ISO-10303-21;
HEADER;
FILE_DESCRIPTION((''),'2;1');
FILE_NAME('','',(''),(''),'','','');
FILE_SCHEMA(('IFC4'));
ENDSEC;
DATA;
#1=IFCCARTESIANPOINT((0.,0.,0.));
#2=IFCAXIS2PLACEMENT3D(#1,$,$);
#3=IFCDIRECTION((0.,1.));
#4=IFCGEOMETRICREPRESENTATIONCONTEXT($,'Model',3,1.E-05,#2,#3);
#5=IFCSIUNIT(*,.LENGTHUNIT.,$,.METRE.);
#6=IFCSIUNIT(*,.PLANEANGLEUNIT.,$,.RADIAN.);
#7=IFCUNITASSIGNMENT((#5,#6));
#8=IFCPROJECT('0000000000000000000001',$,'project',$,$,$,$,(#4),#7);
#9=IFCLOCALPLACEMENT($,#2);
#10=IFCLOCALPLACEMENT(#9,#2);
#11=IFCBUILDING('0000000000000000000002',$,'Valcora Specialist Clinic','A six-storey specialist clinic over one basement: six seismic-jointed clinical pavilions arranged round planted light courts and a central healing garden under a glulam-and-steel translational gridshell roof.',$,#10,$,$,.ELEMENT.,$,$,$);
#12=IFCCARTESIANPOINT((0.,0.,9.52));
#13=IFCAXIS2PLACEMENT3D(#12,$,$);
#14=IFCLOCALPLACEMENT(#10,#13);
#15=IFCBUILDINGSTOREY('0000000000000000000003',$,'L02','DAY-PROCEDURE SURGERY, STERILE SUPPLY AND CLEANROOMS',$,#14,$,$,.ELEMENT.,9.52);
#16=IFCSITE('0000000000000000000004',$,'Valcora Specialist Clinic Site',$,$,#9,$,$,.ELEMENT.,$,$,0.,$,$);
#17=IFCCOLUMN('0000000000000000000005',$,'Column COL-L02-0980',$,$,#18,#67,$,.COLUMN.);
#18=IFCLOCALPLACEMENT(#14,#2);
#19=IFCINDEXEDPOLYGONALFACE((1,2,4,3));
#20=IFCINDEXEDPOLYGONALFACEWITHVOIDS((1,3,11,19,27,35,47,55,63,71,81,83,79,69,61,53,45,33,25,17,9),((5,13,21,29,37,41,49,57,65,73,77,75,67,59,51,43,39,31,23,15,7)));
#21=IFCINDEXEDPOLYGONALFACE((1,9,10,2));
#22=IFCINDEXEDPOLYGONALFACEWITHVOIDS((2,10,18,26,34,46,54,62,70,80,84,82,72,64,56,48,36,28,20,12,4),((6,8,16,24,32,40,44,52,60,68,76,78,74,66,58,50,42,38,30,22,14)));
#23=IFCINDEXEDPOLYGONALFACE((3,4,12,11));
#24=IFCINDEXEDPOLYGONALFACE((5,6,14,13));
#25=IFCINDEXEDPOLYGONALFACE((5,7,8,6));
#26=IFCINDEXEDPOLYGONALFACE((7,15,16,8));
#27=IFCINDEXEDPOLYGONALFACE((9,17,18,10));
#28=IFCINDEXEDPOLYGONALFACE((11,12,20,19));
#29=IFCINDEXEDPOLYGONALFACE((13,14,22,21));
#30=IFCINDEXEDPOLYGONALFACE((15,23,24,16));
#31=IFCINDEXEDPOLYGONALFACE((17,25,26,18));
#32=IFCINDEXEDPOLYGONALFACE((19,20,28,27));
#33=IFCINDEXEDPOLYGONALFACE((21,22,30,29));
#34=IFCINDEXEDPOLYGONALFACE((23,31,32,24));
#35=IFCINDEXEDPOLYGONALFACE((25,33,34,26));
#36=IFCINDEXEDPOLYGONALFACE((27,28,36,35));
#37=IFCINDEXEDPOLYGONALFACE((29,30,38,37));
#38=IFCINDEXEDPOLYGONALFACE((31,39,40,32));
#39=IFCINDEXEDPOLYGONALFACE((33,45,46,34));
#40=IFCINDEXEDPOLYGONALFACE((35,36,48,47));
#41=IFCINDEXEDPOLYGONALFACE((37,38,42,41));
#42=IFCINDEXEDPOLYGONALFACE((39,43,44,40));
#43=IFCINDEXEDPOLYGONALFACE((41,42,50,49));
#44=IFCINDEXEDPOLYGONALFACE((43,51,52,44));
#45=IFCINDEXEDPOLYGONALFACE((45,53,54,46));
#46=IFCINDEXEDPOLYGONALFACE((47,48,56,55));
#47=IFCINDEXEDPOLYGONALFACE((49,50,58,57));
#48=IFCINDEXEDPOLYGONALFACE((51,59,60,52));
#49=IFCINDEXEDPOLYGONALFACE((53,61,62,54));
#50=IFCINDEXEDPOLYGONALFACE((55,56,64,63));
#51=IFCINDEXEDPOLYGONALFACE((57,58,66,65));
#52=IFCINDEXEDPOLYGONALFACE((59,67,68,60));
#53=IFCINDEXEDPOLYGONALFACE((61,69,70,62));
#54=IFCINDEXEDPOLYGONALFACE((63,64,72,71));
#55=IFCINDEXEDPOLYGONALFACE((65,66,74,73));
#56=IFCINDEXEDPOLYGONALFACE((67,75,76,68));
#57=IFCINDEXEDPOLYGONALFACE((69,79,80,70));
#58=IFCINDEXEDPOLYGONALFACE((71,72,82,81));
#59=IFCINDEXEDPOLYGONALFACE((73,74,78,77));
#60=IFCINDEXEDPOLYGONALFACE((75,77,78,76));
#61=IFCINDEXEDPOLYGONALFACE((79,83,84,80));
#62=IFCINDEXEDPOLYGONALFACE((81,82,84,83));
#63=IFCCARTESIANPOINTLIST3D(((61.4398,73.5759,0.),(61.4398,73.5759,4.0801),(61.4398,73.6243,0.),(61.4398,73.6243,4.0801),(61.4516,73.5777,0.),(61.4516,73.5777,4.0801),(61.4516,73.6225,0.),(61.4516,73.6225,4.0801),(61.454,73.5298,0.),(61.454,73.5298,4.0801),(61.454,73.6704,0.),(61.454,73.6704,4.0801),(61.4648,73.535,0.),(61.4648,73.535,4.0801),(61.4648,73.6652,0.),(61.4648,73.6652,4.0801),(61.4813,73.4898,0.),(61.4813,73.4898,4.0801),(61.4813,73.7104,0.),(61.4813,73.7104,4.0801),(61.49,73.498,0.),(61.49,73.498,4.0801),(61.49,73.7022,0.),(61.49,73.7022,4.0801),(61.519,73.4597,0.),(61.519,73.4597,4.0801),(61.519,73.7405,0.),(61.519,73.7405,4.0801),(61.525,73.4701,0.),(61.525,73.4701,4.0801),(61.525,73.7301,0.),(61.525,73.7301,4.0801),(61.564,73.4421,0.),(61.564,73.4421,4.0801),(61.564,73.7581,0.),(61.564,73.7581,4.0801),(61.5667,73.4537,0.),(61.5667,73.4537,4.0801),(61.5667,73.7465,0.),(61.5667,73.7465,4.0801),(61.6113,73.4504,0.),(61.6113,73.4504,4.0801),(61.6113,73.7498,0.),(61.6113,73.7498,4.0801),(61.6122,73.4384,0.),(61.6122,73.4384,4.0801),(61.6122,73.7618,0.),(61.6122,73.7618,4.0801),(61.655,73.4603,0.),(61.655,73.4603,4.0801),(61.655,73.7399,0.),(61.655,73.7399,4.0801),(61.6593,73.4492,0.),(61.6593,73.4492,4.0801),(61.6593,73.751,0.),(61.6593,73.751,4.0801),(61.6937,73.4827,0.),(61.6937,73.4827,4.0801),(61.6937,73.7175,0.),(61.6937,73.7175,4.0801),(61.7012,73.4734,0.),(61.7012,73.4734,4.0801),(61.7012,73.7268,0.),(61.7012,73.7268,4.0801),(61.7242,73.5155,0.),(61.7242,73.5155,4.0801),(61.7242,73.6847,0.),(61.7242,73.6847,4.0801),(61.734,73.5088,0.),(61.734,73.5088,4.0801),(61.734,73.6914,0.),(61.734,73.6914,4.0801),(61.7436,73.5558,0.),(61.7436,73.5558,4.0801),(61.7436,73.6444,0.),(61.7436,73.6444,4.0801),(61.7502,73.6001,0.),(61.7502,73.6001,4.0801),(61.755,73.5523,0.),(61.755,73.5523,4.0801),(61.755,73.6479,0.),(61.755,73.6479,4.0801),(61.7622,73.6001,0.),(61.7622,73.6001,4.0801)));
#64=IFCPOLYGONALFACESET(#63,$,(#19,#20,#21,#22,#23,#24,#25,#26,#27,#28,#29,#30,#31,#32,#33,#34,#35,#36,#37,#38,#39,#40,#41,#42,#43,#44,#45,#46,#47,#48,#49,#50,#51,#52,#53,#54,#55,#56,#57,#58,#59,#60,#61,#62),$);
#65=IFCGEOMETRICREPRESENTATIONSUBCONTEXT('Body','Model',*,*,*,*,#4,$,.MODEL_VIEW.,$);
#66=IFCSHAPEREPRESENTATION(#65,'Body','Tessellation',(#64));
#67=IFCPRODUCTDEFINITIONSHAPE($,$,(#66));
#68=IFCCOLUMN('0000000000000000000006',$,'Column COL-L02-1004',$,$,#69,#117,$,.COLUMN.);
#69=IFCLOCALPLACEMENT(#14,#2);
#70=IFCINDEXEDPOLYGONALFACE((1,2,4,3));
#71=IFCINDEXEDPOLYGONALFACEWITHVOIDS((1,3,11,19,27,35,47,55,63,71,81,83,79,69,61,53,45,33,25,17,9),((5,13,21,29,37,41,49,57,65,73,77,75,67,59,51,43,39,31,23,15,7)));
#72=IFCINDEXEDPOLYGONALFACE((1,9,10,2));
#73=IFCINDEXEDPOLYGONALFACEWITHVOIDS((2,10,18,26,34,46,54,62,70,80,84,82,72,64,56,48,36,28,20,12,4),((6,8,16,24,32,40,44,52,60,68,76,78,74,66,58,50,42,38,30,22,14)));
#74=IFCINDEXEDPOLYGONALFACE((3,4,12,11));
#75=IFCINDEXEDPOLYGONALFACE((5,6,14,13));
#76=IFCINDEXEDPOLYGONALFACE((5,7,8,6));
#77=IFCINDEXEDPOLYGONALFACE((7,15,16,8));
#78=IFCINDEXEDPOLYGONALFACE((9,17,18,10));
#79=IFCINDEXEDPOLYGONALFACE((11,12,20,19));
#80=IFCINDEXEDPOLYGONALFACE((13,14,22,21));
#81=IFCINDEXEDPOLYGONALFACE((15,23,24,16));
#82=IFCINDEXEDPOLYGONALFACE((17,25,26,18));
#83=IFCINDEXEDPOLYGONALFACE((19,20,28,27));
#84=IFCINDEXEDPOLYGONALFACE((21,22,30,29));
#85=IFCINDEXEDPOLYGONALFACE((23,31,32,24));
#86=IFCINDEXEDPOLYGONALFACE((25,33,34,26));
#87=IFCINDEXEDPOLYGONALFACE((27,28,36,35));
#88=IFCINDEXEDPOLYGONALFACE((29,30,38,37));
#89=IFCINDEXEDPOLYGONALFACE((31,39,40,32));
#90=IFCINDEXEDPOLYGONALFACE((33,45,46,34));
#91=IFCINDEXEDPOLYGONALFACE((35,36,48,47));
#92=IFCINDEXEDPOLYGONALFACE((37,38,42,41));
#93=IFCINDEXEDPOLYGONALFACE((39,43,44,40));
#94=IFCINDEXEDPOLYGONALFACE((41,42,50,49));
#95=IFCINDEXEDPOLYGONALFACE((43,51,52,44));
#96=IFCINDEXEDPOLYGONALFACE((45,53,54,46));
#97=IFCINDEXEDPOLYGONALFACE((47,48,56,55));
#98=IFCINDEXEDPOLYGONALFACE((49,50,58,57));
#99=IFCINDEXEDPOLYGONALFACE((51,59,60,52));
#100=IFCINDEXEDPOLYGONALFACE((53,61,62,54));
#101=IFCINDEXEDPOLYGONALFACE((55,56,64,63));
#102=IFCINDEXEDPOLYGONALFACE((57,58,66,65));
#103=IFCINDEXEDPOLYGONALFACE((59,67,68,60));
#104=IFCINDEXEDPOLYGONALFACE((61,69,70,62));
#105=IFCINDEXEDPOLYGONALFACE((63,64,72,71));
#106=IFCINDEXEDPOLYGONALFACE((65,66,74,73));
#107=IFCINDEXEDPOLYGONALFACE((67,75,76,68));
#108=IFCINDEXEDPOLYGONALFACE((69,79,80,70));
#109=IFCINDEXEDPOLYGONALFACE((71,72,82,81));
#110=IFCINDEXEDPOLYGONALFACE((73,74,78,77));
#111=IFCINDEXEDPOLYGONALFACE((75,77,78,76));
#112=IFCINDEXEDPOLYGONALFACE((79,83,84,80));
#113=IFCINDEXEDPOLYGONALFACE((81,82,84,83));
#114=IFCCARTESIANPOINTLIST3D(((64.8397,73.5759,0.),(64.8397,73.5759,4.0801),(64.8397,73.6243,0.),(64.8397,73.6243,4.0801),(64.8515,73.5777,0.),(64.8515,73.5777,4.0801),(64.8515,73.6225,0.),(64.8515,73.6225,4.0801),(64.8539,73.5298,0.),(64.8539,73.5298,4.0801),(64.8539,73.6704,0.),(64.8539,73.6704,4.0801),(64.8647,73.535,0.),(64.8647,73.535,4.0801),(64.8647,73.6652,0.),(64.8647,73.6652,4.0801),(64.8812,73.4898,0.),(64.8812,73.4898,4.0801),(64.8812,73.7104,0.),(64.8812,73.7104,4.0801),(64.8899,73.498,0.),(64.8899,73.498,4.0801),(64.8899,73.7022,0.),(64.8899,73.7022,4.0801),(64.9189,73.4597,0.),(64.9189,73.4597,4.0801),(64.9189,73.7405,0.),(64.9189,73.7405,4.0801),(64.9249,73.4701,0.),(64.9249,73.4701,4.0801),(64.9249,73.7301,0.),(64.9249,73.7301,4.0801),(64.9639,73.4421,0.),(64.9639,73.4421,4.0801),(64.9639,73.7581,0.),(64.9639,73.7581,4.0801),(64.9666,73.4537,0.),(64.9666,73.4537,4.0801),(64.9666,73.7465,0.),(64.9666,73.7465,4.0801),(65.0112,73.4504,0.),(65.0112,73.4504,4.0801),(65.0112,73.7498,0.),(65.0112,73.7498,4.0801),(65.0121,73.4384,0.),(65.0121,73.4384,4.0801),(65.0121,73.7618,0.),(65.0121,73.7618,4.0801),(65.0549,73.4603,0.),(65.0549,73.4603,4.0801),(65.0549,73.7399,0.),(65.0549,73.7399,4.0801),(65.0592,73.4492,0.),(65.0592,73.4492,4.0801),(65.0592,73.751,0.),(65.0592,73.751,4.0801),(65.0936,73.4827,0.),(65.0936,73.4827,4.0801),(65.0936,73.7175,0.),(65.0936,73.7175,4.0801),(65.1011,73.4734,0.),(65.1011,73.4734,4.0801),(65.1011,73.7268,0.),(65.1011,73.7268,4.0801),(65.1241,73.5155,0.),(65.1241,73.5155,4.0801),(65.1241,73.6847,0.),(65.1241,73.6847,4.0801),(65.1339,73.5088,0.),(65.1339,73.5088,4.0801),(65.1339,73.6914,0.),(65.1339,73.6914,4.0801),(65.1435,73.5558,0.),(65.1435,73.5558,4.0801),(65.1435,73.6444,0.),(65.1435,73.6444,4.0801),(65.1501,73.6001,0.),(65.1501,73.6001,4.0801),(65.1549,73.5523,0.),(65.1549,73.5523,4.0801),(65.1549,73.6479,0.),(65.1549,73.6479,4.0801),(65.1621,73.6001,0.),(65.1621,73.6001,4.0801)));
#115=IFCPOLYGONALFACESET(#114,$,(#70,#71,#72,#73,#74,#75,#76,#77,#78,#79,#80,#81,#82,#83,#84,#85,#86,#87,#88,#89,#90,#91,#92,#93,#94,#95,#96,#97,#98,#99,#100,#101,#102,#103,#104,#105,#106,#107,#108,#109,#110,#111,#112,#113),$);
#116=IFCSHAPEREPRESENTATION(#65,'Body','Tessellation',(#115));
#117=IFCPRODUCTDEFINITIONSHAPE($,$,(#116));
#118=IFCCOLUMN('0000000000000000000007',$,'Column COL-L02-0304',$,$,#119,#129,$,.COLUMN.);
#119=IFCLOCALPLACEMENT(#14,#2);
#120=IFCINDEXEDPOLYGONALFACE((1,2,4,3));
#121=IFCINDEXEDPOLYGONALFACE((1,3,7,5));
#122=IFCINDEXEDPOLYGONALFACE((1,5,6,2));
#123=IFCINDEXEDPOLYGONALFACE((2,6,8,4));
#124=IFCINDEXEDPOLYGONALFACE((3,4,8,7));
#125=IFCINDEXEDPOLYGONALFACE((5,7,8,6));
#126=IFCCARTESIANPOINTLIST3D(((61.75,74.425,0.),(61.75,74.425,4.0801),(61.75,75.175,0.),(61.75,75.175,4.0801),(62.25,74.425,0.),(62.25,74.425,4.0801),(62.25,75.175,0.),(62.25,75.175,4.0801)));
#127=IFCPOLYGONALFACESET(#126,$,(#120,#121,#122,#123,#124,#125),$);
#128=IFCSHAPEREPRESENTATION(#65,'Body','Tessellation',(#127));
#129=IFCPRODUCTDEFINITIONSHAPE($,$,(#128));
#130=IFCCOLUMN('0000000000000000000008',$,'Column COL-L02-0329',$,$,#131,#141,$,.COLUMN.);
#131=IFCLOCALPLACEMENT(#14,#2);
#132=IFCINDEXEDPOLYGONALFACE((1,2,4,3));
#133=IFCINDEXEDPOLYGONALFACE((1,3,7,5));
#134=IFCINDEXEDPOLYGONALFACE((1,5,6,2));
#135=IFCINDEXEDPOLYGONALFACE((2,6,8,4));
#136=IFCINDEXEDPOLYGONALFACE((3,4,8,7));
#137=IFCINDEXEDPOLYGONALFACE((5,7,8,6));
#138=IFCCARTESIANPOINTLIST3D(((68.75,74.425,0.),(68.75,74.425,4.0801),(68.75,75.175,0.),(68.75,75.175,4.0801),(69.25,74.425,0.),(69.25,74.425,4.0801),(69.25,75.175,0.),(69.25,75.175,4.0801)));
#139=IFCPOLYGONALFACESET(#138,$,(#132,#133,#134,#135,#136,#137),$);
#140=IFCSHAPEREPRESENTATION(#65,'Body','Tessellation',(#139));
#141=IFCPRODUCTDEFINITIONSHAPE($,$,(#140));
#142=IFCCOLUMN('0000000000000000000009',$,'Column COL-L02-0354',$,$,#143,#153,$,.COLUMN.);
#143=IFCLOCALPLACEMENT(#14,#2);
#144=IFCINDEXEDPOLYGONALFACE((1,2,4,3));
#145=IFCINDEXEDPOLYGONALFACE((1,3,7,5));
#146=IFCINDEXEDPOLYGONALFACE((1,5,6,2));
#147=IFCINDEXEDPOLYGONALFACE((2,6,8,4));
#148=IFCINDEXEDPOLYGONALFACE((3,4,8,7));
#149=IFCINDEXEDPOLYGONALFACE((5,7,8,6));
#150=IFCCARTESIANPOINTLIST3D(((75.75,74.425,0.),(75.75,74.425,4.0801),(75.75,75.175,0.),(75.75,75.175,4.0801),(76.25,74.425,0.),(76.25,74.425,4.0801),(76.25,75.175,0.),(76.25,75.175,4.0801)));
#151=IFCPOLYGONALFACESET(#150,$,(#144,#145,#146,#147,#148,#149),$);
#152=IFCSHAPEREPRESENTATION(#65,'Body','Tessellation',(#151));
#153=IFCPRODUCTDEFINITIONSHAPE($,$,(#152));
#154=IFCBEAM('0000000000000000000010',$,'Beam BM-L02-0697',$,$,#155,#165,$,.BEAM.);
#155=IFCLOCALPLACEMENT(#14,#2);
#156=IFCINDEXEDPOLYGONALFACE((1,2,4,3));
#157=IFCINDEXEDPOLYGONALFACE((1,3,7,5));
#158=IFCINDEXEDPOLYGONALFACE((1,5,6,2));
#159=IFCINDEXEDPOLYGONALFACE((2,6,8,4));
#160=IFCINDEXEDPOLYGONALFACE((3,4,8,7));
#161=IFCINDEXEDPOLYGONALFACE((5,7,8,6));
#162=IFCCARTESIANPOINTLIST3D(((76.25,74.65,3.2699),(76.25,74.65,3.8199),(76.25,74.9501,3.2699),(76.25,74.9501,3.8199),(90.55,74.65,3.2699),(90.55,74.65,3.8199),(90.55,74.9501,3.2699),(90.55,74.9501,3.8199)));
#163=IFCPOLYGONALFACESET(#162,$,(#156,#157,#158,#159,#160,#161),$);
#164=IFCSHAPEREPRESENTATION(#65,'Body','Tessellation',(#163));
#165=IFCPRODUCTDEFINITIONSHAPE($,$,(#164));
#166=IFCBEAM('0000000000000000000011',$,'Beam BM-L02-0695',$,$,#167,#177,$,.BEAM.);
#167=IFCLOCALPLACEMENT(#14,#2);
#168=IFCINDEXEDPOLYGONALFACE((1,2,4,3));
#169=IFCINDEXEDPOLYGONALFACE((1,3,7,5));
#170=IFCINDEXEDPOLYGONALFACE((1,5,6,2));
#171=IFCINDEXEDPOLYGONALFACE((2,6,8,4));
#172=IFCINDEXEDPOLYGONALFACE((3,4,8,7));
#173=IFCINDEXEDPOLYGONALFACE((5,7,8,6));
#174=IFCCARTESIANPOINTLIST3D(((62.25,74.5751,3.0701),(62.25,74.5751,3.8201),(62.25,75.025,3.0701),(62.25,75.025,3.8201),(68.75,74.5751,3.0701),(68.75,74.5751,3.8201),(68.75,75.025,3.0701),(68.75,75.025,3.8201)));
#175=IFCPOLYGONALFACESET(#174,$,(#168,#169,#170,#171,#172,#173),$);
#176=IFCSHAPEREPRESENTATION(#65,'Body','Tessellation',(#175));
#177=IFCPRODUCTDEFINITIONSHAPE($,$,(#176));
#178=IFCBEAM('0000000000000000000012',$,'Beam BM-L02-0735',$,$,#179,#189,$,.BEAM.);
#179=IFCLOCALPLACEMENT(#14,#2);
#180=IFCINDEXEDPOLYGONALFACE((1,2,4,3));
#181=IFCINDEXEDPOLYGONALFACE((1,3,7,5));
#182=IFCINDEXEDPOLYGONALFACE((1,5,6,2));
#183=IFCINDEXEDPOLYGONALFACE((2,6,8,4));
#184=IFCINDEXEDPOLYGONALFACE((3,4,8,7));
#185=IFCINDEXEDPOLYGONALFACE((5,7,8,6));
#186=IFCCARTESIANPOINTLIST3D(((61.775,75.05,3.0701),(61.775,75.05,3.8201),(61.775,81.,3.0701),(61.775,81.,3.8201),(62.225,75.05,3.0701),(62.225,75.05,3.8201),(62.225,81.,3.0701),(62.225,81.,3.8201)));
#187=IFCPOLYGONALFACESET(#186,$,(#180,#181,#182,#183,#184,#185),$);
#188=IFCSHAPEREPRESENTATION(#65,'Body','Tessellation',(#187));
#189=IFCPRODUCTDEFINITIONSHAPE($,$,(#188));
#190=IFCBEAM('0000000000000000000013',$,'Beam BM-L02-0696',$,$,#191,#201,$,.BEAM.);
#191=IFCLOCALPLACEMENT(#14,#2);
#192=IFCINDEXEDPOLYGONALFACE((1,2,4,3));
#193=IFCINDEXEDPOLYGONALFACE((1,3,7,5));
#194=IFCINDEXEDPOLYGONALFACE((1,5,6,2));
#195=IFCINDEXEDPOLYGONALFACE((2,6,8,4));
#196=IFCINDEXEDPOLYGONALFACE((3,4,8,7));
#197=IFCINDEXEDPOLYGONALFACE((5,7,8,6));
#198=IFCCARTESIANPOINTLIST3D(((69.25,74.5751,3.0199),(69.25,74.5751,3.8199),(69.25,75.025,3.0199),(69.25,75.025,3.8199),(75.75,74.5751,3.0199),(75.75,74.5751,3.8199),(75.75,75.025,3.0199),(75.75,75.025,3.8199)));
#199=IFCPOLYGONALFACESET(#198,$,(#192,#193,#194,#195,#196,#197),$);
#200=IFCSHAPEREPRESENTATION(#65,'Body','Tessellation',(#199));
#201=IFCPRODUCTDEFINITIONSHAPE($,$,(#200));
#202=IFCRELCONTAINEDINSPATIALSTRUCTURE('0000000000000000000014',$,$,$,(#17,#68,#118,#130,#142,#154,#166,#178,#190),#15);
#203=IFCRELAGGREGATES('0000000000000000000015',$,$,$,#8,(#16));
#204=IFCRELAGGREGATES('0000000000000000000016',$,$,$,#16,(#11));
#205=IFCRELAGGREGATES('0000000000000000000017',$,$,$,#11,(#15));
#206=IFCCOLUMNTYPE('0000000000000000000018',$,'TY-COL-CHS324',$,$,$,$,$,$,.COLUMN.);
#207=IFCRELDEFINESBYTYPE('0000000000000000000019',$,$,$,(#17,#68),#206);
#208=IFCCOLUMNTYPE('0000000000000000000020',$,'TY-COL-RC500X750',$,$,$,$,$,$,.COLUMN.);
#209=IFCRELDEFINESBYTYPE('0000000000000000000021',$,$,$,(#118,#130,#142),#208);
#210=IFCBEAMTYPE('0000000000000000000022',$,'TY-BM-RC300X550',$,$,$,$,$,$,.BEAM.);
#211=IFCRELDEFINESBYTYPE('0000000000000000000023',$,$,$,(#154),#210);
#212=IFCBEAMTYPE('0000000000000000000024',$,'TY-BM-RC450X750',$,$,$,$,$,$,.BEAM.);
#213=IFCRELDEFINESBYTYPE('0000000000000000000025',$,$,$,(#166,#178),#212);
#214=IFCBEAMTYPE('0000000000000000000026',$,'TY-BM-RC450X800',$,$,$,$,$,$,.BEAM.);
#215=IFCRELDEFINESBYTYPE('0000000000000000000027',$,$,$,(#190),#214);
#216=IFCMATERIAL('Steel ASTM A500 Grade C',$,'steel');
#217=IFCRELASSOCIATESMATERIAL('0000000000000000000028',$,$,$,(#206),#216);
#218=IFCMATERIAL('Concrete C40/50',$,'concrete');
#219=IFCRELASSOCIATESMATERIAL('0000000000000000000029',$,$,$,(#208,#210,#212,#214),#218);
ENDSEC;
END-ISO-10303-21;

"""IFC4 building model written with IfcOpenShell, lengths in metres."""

from ifc_helpers import new_model, si_unit, direction, frame, origin, origin_2d, place, context, subcontext, project, spatial, rectangle, hollow_circle, extrude, material, material_profile, profile_set, type_object, element, save


model = new_model("IFC4")

# Units and contexts
model_context = context("Model", 3, precision=1e-05, world=origin(), true_north=direction((0.0, 1.0)))
body_context = subcontext(model_context, "Body", "Model", "MODEL_VIEW")
ifc_project = project(units=[si_unit("LENGTHUNIT", "METRE"), si_unit("PLANEANGLEUNIT", "RADIAN")], contexts=[model_context])

# Site, building, storey
site_placement = place(None, origin())
site = spatial("IfcSite", under=ifc_project, at=site_placement, Name="Valcora Specialist Clinic Site", CompositionType="ELEMENT", RefElevation=0.0)
building_placement = place(site_placement, origin())
building = spatial("IfcBuilding", under=site, at=building_placement, Name="Valcora Specialist Clinic", Description="A six-storey specialist clinic over one basement: six seismic-jointed clinical pavilions arranged round planted light courts and a central healing garden under a glulam-and-steel translational gridshell roof.", CompositionType="ELEMENT")
storey_placement = place(building_placement, frame((0.0, 0.0, 9.52)))
storey = spatial("IfcBuildingStorey", under=building, at=storey_placement, Name="L02", Description="DAY-PROCEDURE SURGERY, STERILE SUPPLY AND CLEANROOMS", CompositionType="ELEMENT", Elevation=9.52)

# Columns
ifc_material_1 = material(Name="Steel ASTM A500 Grade C", Category="steel")
ifc_material_profile_1 = material_profile(ifc_material_1, hollow_circle(Radius=0.1621, WallThickness=0.012, at=origin_2d()), Name="ST-CHS-324X12")
ifc_profile_set_1 = profile_set([ifc_material_profile_1], Name="Steel ASTM A500 Grade C")
column_type_1 = type_object("IfcColumnType", Name="TY-COL-CHS324", PredefinedType="COLUMN", material=ifc_profile_set_1)
for number, where, z_axis, x_axis, name in (
    (1, (61.6001, 73.6001, 0.0), (0.0, 0.0, 1.0), (1.0, 0.0, 0.0), "Column COL-L02-0980"),
    (2, (65.0, 73.6001, 0.0), (0.0, 0.0, 1.0), (1.0, 0.0, 0.0), "Column COL-L02-1004"),
):
    element("IfcColumn", number, at=place(storey_placement, frame(where, z_axis=z_axis, x_axis=x_axis)), inside=storey, type_object=column_type_1, Name=name, PredefinedType="COLUMN", context=body_context, shape_type="SweptSolid", body=[
        extrude(hollow_circle(Radius=0.1621, WallThickness=0.012, at=origin_2d()), origin(), (0.0, 0.0, 1.0), 4.0801),
    ])
ifc_material_2 = material(Name="Concrete C40/50", Category="concrete")
ifc_material_profile_2 = material_profile(ifc_material_2, rectangle(XDim=0.5, YDim=0.75, at=origin_2d()), Name="RC-COL-500X750")
ifc_profile_set_2 = profile_set([ifc_material_profile_2], Name="Concrete C40/50")
column_type_2 = type_object("IfcColumnType", Name="TY-COL-RC500X750", PredefinedType="COLUMN", material=ifc_profile_set_2)
for number, where, z_axis, x_axis, name in (
    (3, (62.0, 74.8, 0.0), (0.0, 0.0, 1.0), (1.0, 0.0, 0.0), "Column COL-L02-0304"),
    (4, (69.0, 74.8, 0.0), (0.0, 0.0, 1.0), (1.0, 0.0, 0.0), "Column COL-L02-0329"),
    (5, (76.0, 74.8, 0.0), (0.0, 0.0, 1.0), (1.0, 0.0, 0.0), "Column COL-L02-0354"),
):
    element("IfcColumn", number, at=place(storey_placement, frame(where, z_axis=z_axis, x_axis=x_axis)), inside=storey, type_object=column_type_2, Name=name, PredefinedType="COLUMN", context=body_context, shape_type="SweptSolid", body=[
        extrude(rectangle(XDim=0.5, YDim=0.75, at=origin_2d()), origin(), (0.0, 0.0, 1.0), 4.0801),
    ])

# Beams
ifc_material_profile_3 = material_profile(ifc_material_2, rectangle(XDim=0.3, YDim=0.55, at=origin_2d()), Name="RC-BM-300X550")
ifc_profile_set_3 = profile_set([ifc_material_profile_3], Name="Concrete C40/50")
beam_type_1 = type_object("IfcBeamType", Name="TY-BM-RC300X550", PredefinedType="BEAM", material=ifc_profile_set_3)
beam_1_placement = place(storey_placement, frame((76.25, 74.8, 3.5449), z_axis=(1.0, 0.0, 0.0), x_axis=(0.0, 1.0, 0.0)))
element("IfcBeam", 6, at=beam_1_placement, inside=storey, type_object=beam_type_1, Name="Beam BM-L02-0697", PredefinedType="BEAM", context=body_context, shape_type="SweptSolid", body=[
    extrude(rectangle(XDim=0.3, YDim=0.55, at=origin_2d()), origin(), (0.0, 0.0, 1.0), 14.3),
])
ifc_material_profile_4 = material_profile(ifc_material_2, rectangle(XDim=0.45, YDim=0.75, at=origin_2d()), Name="RC-BM-450X750")
ifc_profile_set_4 = profile_set([ifc_material_profile_4], Name="Concrete C40/50")
beam_type_2 = type_object("IfcBeamType", Name="TY-BM-RC450X750", PredefinedType="BEAM", material=ifc_profile_set_4)
beam_2_placement = place(storey_placement, frame((62.25, 74.8, 3.4451), z_axis=(1.0, 0.0, 0.0), x_axis=(0.0, 1.0, 0.0)))
element("IfcBeam", 7, at=beam_2_placement, inside=storey, type_object=beam_type_2, Name="Beam BM-L02-0695", PredefinedType="BEAM", context=body_context, shape_type="SweptSolid", body=[
    extrude(rectangle(XDim=0.45, YDim=0.75, at=origin_2d()), origin(), (0.0, 0.0, 1.0), 6.5),
])
beam_3_placement = place(storey_placement, frame((62.0, 75.05, 3.4451), z_axis=(0.0, 1.0, 0.0), x_axis=(-1.0, 0.0, 0.0)))
element("IfcBeam", 8, at=beam_3_placement, inside=storey, type_object=beam_type_2, Name="Beam BM-L02-0735", PredefinedType="BEAM", context=body_context, shape_type="SweptSolid", body=[
    extrude(rectangle(XDim=0.45, YDim=0.75, at=origin_2d()), origin(), (0.0, 0.0, 1.0), 5.95),
])
ifc_material_profile_5 = material_profile(ifc_material_2, rectangle(XDim=0.45, YDim=0.8, at=origin_2d()), Name="RC-BM-450X800")
ifc_profile_set_5 = profile_set([ifc_material_profile_5], Name="Concrete C40/50")
beam_type_3 = type_object("IfcBeamType", Name="TY-BM-RC450X800", PredefinedType="BEAM", material=ifc_profile_set_5)
beam_4_placement = place(storey_placement, frame((69.25, 74.8, 3.4199), z_axis=(1.0, 0.0, 0.0), x_axis=(0.0, 1.0, 0.0)))
element("IfcBeam", 9, at=beam_4_placement, inside=storey, type_object=beam_type_3, Name="Beam BM-L02-0696", PredefinedType="BEAM", context=body_context, shape_type="SweptSolid", body=[
    extrude(rectangle(XDim=0.45, YDim=0.8, at=origin_2d()), origin(), (0.0, 0.0, 1.0), 6.5),
])

save(model, "model.ifc")
